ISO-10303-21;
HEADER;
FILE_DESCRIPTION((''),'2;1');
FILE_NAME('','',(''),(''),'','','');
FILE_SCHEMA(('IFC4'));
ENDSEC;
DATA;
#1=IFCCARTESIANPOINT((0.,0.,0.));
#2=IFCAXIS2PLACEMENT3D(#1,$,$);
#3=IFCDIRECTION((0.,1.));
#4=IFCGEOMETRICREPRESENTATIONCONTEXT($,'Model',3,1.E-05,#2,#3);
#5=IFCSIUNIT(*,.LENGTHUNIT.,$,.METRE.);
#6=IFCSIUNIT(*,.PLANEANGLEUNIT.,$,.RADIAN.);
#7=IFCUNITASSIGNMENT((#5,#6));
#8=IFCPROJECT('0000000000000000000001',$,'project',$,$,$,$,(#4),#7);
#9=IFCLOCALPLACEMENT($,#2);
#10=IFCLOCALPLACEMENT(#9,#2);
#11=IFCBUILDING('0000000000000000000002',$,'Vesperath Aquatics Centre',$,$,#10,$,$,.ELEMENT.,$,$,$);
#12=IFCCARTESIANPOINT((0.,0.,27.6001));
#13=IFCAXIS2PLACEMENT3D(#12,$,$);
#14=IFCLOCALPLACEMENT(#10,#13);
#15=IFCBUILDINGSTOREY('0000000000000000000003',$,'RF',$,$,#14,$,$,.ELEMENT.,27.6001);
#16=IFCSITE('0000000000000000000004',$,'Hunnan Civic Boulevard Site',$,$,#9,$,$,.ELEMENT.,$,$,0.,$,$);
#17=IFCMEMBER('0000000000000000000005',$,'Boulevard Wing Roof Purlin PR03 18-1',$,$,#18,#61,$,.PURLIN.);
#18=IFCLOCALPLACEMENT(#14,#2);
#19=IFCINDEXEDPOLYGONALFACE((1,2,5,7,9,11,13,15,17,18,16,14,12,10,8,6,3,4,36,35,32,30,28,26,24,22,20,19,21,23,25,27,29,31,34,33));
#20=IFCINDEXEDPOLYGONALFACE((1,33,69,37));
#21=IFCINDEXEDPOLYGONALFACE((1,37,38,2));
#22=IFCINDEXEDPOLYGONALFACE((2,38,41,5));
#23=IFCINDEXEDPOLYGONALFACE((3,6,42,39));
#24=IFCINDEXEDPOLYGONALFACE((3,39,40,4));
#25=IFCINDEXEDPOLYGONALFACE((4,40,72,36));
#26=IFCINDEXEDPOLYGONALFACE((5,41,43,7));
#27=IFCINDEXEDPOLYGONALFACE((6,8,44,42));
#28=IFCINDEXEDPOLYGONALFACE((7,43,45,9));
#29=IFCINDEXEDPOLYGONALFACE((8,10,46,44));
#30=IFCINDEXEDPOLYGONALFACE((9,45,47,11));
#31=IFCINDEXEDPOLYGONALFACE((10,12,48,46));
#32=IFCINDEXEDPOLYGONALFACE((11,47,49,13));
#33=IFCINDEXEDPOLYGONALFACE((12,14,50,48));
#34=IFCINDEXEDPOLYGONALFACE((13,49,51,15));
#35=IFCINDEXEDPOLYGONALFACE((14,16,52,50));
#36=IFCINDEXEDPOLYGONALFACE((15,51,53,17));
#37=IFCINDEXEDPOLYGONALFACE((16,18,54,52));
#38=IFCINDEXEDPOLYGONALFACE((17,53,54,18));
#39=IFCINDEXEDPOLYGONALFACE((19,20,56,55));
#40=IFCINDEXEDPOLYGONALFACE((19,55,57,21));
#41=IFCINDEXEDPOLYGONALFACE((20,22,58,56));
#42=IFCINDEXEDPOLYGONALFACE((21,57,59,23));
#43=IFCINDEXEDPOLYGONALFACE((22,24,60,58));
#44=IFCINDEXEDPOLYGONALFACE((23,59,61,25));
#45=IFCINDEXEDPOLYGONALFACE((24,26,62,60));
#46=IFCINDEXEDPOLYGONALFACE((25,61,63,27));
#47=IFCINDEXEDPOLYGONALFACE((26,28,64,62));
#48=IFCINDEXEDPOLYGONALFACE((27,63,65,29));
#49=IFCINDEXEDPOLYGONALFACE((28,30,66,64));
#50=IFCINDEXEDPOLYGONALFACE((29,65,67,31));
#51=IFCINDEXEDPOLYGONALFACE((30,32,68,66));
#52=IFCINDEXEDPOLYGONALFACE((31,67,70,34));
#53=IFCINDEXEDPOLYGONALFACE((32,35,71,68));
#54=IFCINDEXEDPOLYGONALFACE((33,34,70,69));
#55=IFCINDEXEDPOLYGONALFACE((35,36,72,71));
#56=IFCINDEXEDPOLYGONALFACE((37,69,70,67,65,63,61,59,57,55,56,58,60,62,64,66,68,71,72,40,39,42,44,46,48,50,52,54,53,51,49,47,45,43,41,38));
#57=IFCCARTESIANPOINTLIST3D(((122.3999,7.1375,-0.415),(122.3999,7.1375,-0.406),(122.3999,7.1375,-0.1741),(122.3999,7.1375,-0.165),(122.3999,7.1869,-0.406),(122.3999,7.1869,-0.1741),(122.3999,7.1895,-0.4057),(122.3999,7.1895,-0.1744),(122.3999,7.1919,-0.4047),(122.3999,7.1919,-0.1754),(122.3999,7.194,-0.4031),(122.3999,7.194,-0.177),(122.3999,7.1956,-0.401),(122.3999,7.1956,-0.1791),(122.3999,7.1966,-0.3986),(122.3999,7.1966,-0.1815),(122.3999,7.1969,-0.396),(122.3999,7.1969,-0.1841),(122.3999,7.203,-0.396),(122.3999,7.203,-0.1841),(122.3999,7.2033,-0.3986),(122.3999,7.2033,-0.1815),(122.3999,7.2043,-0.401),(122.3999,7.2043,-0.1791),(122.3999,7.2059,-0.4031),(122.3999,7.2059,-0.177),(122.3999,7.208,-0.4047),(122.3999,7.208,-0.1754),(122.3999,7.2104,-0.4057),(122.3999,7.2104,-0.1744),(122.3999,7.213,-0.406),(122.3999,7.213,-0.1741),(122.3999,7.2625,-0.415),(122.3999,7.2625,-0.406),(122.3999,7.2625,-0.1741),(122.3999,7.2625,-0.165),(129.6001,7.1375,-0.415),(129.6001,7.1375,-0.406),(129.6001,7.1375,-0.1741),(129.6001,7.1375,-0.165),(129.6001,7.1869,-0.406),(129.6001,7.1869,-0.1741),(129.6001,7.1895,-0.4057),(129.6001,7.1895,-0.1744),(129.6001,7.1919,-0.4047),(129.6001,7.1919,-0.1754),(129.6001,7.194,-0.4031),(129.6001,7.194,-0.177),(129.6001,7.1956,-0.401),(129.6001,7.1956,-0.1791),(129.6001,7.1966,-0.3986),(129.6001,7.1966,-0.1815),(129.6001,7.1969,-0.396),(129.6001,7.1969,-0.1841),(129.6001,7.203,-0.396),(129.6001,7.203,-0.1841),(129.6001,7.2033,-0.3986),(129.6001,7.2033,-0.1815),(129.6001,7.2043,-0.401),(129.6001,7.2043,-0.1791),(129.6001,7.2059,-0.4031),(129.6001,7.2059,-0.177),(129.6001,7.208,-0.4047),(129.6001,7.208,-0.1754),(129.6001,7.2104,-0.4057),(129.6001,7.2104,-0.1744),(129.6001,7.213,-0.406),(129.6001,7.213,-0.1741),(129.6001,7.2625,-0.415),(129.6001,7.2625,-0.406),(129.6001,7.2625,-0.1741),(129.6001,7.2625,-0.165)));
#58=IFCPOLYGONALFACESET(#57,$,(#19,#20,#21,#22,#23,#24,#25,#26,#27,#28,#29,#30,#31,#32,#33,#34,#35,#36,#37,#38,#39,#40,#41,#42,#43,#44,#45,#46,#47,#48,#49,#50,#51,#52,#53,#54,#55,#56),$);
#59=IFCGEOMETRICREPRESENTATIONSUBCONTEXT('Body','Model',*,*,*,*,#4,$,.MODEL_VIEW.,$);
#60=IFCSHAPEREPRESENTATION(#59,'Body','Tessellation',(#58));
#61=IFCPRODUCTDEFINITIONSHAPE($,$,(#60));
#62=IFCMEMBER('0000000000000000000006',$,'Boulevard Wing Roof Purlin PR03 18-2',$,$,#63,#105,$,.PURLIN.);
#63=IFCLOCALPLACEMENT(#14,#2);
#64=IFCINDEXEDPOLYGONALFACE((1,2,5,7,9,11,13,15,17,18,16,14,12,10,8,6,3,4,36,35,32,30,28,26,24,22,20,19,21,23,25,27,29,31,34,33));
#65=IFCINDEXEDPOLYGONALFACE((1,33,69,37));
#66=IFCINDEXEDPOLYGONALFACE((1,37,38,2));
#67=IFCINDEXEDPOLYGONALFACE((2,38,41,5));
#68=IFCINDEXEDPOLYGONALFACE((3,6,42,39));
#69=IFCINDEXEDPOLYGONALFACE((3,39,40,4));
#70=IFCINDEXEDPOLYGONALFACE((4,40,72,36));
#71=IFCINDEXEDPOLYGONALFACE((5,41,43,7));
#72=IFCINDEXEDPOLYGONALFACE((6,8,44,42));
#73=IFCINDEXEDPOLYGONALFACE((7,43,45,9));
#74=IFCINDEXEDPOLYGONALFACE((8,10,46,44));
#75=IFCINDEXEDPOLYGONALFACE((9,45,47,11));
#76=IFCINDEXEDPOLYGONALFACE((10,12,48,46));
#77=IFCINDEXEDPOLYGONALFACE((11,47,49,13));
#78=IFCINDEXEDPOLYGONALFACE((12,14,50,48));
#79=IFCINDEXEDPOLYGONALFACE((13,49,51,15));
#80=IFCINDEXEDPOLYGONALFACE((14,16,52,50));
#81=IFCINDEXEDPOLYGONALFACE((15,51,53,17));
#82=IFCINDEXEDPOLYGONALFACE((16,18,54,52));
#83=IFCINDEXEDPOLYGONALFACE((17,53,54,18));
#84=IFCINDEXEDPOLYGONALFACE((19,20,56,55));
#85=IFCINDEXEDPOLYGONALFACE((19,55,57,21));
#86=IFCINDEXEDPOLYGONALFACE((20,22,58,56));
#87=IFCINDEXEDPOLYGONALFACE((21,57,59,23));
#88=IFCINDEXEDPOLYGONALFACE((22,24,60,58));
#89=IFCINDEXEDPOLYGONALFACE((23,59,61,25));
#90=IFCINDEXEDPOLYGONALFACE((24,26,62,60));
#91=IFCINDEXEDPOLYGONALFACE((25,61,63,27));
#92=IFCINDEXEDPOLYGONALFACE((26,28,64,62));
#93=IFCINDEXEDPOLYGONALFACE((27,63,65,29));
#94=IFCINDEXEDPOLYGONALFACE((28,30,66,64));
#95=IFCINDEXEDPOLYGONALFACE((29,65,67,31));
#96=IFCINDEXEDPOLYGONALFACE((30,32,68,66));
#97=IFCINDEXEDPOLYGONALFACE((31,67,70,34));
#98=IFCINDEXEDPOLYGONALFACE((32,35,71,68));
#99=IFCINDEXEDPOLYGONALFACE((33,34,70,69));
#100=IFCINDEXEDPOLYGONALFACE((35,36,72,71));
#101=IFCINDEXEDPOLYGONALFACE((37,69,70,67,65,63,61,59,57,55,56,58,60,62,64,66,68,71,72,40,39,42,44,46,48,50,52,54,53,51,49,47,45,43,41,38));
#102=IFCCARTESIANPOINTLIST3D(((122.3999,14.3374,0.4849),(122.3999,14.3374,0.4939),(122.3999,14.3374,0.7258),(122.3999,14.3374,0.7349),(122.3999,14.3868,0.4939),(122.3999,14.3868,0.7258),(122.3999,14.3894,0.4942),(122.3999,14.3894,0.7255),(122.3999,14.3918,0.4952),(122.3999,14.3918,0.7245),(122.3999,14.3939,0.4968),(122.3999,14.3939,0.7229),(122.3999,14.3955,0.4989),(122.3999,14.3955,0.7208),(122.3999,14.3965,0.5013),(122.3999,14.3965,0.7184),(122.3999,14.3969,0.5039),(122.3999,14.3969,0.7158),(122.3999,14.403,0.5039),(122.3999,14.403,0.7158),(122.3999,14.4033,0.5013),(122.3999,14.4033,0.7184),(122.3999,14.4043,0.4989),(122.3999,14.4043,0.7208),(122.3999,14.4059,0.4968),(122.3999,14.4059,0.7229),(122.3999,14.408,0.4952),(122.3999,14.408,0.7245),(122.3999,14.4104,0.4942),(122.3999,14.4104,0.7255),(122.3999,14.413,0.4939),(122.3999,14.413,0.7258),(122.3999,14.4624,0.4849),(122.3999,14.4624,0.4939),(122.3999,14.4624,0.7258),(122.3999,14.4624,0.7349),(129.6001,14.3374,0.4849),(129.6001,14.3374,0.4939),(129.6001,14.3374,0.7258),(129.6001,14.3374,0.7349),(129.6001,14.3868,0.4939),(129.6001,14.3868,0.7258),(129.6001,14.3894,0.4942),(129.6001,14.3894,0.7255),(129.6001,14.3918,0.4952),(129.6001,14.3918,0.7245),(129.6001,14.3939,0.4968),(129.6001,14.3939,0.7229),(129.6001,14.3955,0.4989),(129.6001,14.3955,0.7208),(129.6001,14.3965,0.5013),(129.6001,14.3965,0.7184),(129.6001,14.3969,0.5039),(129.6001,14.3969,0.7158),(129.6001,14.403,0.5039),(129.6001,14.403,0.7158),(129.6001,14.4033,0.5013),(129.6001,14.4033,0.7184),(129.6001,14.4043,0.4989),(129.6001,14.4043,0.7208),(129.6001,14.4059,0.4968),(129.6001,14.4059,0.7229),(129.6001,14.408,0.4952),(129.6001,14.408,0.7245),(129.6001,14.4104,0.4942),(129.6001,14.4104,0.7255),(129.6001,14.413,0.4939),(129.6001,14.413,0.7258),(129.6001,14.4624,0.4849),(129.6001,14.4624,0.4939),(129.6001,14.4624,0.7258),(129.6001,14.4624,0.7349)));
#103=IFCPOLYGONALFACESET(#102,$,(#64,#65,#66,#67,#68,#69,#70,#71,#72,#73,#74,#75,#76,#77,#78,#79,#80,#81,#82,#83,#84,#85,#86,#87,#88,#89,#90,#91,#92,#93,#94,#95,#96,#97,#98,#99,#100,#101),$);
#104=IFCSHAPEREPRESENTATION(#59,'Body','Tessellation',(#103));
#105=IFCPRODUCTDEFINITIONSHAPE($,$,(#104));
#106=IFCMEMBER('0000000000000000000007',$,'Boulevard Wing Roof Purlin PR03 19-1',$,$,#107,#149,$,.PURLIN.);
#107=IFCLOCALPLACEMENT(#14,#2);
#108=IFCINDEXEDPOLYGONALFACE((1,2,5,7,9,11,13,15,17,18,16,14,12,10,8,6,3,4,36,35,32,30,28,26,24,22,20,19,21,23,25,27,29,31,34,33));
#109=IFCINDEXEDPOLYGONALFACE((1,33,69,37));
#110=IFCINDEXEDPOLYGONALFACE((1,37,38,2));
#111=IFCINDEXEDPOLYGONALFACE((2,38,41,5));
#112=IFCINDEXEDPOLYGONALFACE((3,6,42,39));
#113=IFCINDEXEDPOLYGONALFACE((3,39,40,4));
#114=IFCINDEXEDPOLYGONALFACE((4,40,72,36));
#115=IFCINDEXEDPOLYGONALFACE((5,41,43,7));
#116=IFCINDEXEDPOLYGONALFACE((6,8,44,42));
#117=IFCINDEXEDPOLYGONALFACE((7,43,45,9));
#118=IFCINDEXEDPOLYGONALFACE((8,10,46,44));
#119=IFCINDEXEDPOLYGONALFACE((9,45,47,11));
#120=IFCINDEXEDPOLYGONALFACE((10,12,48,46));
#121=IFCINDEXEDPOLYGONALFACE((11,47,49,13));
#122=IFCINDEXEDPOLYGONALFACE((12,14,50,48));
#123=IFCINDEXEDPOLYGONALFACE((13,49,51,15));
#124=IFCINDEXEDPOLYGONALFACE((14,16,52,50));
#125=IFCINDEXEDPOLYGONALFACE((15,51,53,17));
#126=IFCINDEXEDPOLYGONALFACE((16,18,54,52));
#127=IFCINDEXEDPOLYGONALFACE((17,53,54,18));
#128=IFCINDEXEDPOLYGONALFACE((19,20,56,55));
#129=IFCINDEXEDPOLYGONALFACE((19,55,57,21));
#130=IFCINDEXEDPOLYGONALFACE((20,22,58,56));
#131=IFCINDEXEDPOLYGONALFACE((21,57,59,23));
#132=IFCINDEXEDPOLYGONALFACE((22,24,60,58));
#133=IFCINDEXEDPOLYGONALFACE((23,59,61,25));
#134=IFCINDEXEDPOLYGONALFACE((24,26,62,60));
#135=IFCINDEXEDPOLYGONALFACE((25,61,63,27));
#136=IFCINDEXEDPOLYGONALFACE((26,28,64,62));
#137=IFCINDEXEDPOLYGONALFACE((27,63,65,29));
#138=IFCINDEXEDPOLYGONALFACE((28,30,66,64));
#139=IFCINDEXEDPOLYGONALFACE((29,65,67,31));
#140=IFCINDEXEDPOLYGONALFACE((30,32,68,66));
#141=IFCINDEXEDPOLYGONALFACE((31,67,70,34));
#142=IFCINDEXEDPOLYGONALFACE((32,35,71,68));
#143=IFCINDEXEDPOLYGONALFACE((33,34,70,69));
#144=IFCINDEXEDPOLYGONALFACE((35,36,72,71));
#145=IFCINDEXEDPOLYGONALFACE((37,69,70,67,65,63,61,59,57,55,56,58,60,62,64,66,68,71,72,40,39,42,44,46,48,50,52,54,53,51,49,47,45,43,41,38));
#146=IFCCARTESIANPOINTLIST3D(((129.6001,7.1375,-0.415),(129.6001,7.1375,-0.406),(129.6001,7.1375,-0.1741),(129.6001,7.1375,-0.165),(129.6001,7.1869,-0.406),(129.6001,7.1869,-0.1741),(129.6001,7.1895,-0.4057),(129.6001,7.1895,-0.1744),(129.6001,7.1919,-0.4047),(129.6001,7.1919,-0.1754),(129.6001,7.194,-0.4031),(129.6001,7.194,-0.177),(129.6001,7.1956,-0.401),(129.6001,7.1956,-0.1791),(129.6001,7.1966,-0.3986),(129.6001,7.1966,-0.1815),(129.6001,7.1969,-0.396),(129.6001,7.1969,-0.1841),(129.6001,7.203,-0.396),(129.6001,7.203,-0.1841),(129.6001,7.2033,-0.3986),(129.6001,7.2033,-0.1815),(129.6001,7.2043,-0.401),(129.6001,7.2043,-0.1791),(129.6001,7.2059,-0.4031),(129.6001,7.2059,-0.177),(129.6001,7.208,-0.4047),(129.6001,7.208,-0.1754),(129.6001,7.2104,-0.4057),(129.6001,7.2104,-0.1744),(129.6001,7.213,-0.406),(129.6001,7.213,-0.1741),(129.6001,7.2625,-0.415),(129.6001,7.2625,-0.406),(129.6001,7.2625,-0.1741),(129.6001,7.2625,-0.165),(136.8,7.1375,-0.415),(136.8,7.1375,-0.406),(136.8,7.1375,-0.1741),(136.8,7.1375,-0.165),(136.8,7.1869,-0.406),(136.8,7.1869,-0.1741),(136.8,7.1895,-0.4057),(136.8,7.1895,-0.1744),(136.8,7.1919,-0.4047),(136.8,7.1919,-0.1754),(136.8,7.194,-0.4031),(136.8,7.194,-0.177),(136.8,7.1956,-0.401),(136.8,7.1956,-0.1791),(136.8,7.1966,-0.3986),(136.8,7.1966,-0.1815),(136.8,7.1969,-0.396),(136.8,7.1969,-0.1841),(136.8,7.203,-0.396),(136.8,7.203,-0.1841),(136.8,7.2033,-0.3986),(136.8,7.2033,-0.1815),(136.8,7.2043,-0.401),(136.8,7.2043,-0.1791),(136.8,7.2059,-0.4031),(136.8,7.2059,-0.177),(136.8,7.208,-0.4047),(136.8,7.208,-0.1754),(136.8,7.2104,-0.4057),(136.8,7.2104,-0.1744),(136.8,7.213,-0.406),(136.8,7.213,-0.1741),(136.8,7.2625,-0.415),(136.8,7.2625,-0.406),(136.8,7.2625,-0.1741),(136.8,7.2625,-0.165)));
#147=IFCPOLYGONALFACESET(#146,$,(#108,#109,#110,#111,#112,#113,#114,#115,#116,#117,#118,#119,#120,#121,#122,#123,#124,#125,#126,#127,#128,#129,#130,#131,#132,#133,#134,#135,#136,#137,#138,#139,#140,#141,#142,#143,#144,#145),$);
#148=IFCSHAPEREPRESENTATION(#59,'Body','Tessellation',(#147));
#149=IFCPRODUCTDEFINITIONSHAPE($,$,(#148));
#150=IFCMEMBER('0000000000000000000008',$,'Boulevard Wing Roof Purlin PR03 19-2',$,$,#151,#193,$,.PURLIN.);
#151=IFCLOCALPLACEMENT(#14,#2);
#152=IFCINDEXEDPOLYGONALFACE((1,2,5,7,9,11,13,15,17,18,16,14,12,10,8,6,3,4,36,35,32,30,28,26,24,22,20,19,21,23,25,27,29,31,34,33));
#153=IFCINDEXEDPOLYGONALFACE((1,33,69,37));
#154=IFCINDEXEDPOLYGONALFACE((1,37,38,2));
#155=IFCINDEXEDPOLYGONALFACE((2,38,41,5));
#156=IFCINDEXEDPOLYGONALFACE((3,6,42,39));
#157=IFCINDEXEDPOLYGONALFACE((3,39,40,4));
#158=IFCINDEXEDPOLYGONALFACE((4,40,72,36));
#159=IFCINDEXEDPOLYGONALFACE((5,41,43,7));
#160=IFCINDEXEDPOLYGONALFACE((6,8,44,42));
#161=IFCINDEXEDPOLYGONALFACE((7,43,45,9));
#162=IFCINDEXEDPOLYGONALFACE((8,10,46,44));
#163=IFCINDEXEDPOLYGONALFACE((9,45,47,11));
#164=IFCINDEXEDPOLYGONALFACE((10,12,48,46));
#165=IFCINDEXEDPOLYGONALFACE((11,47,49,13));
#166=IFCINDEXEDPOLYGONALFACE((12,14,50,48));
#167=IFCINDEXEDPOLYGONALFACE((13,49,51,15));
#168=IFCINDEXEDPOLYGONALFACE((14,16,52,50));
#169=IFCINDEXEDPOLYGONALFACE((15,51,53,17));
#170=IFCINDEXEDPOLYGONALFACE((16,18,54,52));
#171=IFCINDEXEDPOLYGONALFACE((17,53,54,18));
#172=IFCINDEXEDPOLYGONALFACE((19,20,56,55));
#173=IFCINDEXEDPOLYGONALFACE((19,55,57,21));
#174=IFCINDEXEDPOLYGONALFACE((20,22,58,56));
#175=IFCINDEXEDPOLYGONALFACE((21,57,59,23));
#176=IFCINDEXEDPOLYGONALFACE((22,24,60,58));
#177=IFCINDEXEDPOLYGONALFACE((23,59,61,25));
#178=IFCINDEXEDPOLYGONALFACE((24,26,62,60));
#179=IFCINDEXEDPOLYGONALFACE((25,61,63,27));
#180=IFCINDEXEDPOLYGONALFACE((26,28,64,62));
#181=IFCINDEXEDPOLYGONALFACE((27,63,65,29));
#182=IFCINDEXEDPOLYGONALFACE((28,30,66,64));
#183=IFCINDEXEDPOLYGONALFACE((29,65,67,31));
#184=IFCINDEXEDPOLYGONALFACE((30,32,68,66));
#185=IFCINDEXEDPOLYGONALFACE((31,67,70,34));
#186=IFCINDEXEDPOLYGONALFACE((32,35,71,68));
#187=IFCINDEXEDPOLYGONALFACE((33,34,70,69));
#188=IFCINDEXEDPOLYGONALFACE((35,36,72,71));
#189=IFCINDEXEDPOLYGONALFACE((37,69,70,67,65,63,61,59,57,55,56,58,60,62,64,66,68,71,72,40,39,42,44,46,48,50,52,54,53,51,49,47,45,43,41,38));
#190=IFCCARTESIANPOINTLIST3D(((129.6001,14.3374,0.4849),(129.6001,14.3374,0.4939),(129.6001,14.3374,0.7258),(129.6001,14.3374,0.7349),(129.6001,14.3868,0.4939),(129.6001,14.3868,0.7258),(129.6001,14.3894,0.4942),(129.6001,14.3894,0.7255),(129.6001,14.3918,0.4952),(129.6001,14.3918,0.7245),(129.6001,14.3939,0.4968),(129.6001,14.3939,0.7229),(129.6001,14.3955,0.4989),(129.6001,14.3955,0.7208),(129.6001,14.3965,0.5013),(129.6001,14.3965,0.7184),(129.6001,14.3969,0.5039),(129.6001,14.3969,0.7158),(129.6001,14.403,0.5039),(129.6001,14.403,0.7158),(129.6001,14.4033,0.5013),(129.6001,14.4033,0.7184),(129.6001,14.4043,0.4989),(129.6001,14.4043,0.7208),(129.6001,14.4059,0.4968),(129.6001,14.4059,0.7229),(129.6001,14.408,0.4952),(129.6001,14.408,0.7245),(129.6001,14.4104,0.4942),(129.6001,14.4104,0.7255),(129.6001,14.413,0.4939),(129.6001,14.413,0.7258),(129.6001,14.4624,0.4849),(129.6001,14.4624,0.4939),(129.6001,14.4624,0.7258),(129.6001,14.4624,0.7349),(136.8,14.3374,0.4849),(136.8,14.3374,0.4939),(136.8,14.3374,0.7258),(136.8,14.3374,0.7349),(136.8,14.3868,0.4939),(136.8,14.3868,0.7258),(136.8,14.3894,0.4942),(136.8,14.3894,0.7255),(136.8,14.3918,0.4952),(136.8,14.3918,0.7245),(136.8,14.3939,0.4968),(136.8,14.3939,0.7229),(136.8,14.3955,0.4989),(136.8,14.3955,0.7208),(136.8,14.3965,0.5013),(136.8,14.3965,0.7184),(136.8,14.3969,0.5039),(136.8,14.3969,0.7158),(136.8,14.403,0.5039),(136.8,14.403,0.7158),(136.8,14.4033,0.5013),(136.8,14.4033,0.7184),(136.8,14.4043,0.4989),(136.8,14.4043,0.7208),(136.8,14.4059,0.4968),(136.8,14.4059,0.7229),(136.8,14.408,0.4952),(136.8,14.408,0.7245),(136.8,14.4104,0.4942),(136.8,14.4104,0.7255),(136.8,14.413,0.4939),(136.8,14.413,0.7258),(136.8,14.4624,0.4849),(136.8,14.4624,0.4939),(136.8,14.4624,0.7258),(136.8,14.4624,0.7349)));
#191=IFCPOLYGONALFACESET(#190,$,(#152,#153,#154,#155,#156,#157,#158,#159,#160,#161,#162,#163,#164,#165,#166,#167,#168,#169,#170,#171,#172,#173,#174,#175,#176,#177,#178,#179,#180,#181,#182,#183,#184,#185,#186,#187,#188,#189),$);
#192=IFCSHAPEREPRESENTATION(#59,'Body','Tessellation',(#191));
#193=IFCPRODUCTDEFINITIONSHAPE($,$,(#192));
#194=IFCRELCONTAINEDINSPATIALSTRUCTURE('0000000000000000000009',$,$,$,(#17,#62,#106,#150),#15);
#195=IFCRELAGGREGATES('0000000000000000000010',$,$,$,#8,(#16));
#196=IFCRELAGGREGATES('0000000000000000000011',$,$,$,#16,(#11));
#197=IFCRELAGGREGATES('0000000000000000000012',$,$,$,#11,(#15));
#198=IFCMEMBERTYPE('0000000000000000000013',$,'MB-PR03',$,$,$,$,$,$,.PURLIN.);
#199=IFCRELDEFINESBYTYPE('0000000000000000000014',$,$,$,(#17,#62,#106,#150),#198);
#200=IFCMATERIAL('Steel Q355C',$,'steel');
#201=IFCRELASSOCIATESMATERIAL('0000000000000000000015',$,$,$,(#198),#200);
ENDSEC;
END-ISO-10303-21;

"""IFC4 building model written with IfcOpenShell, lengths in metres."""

from ifc_helpers import new_model, si_unit, direction, frame, origin, origin_2d, place, context, subcontext, project, spatial, i_section, extrude, material, material_profile, profile_set, type_object, element, save


model = new_model("IFC4")

# Units and contexts
model_context = context("Model", 3, precision=1e-05, world=origin(), true_north=direction((0.0, 1.0)))
body_context = subcontext(model_context, "Body", "Model", "MODEL_VIEW")
ifc_project = project(units=[si_unit("LENGTHUNIT", "METRE"), si_unit("PLANEANGLEUNIT", "RADIAN")], contexts=[model_context])

# Site, building, storey
site_placement = place(None, origin())
site = spatial("IfcSite", under=ifc_project, at=site_placement, Name="Hunnan Civic Boulevard Site", CompositionType="ELEMENT", RefElevation=0.0)
building_placement = place(site_placement, origin())
building = spatial("IfcBuilding", under=site, at=building_placement, Name="Vesperath Aquatics Centre", CompositionType="ELEMENT")
storey_placement = place(building_placement, frame((0.0, 0.0, 27.6001)))
storey = spatial("IfcBuildingStorey", under=building, at=storey_placement, Name="RF", CompositionType="ELEMENT", Elevation=27.6001)

# Shared definitions
ifc_material_1 = material(Name="Steel Q355C", Category="steel")

# Members
ifc_material_profile_1 = material_profile(ifc_material_1, i_section(OverallWidth=0.125, OverallDepth=0.25, WebThickness=0.0061, FlangeThickness=0.009, FilletRadius=0.01, at=origin_2d()), Name="HN 250x125x6x9")
ifc_profile_set_1 = profile_set([ifc_material_profile_1], Name="Steel Q355C")
member_type_1 = type_object("IfcMemberType", Name="MB-PR03", PredefinedType="PURLIN", material=ifc_profile_set_1)
for number, where, z_axis, x_axis, name in (
    (1, (122.3999, 7.2, -0.29), (1.0, 0.0, 0.0), (0.0, 1.0, 0.0), "Boulevard Wing Roof Purlin PR03 18-1"),
    (2, (122.3999, 14.3999, 0.6099), (1.0, 0.0, 0.0), (0.0, 1.0, 0.0), "Boulevard Wing Roof Purlin PR03 18-2"),
):
    element("IfcMember", number, at=place(storey_placement, frame(where, z_axis=z_axis, x_axis=x_axis)), inside=storey, type_object=member_type_1, Name=name, PredefinedType="PURLIN", context=body_context, shape_type="SweptSolid", body=[
        extrude(i_section(OverallWidth=0.125, OverallDepth=0.25, WebThickness=0.0061, FlangeThickness=0.009, FilletRadius=0.01, at=origin_2d()), origin(), (0.0, 0.0, 1.0), 7.2002),
    ])
for number, where, z_axis, x_axis, name in (
    (3, (129.6001, 7.2, -0.29), (1.0, 0.0, 0.0), (0.0, 1.0, 0.0), "Boulevard Wing Roof Purlin PR03 19-1"),
    (4, (129.6001, 14.3999, 0.6099), (1.0, 0.0, 0.0), (0.0, 1.0, 0.0), "Boulevard Wing Roof Purlin PR03 19-2"),
):
    element("IfcMember", number, at=place(storey_placement, frame(where, z_axis=z_axis, x_axis=x_axis)), inside=storey, type_object=member_type_1, Name=name, PredefinedType="PURLIN", context=body_context, shape_type="SweptSolid", body=[
        extrude(i_section(OverallWidth=0.125, OverallDepth=0.25, WebThickness=0.0061, FlangeThickness=0.009, FilletRadius=0.01, at=origin_2d()), origin(), (0.0, 0.0, 1.0), 7.2),
    ])

save(model, "model.ifc")
